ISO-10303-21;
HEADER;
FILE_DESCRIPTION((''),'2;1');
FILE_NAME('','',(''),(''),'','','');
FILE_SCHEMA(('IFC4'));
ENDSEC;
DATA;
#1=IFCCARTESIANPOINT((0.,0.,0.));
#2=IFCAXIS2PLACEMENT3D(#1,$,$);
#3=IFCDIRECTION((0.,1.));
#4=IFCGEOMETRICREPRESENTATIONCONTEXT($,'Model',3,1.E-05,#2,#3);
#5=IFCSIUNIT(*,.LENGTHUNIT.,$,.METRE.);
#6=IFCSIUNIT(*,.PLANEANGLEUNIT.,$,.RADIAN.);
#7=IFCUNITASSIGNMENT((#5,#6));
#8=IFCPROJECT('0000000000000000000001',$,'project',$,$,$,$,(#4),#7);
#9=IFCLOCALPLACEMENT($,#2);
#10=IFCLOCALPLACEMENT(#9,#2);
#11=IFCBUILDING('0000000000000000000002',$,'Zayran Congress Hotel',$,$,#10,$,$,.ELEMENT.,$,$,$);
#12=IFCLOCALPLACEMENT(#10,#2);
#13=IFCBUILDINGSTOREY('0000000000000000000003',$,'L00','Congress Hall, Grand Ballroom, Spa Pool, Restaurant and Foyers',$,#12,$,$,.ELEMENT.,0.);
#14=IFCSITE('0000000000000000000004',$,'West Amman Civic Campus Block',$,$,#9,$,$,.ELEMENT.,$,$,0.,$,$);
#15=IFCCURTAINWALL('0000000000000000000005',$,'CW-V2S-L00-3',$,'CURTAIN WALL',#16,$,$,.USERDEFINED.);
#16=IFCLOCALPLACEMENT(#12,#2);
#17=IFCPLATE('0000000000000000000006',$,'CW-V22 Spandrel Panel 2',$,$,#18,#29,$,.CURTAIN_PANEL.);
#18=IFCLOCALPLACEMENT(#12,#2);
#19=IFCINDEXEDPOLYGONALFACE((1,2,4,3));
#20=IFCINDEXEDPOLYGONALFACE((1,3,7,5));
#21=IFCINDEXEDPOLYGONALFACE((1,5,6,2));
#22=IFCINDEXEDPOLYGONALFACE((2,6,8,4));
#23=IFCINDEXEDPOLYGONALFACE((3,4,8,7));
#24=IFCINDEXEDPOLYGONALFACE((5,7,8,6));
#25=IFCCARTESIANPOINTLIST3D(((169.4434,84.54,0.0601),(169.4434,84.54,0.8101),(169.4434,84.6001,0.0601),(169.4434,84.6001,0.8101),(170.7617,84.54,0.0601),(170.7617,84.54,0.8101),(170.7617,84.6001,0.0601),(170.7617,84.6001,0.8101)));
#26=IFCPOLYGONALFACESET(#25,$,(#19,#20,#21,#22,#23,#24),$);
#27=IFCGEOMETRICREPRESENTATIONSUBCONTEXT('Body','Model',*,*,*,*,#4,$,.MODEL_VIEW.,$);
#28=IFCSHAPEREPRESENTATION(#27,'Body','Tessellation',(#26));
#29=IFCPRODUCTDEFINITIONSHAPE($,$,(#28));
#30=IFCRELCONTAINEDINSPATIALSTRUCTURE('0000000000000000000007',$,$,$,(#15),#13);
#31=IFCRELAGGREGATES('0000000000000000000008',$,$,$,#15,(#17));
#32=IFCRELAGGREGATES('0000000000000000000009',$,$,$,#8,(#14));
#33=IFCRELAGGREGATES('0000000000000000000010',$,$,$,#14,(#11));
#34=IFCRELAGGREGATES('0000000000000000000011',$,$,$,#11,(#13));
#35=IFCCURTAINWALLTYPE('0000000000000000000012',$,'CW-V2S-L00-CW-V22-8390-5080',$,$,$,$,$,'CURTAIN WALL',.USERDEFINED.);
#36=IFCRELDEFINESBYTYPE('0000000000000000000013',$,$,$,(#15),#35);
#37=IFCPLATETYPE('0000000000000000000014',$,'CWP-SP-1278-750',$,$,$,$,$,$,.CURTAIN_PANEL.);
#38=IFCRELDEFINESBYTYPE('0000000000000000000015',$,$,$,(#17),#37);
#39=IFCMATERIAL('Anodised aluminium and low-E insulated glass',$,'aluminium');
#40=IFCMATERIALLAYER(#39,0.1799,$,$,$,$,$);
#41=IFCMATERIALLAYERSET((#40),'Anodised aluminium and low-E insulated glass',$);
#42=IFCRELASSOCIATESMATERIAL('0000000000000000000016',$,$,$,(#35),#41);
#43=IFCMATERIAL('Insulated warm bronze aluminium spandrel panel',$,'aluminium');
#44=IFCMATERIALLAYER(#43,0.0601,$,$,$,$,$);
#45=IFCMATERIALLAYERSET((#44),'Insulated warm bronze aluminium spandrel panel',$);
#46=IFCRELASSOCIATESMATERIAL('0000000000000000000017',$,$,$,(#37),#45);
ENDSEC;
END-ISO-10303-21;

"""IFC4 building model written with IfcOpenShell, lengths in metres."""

from ifc_helpers import new_model, si_unit, direction, frame, origin, origin_2d, place, context, subcontext, project, spatial, rectangle, extrude, material, layer, layer_set, type_object, element, aggregate, save


model = new_model("IFC4")

# Units and contexts
model_context = context("Model", 3, precision=1e-05, world=origin(), true_north=direction((0.0, 1.0)))
body_context = subcontext(model_context, "Body", "Model", "MODEL_VIEW")
ifc_project = project(units=[si_unit("LENGTHUNIT", "METRE"), si_unit("PLANEANGLEUNIT", "RADIAN")], contexts=[model_context])

# Site, building, storey
site_placement = place(None, origin())
site = spatial("IfcSite", under=ifc_project, at=site_placement, Name="West Amman Civic Campus Block", CompositionType="ELEMENT", RefElevation=0.0)
building_placement = place(site_placement, origin())
building = spatial("IfcBuilding", under=site, at=building_placement, Name="Zayran Congress Hotel", CompositionType="ELEMENT")
storey_placement = place(building_placement, origin())
storey = spatial("IfcBuildingStorey", under=building, at=storey_placement, Name="L00", Description="Congress Hall, Grand Ballroom, Spa Pool, Restaurant and Foyers", CompositionType="ELEMENT", Elevation=0.0)

# Curtain wall
ifc_material_1 = material(Name="Anodised aluminium and low-E insulated glass", Category="aluminium")
ifc_layer_1 = layer(ifc_material_1, 0.1799)
ifc_layer_set_1 = layer_set([ifc_layer_1], Name="Anodised aluminium and low-E insulated glass")
curtain_wall_type_1 = type_object("IfcCurtainWallType", Name="CW-V2S-L00-CW-V22-8390-5080", ElementType="CURTAIN WALL", PredefinedType="USERDEFINED", material=ifc_layer_set_1)
curtain_wall_1_placement = place(storey_placement, origin())
curtain_wall_1 = element("IfcCurtainWall", 1, at=curtain_wall_1_placement, inside=storey, type_object=curtain_wall_type_1, Name="CW-V2S-L00-3", ObjectType="CURTAIN WALL", PredefinedType="USERDEFINED")

# Plate
ifc_material_2 = material(Name="Insulated warm bronze aluminium spandrel panel", Category="aluminium")
ifc_layer_2 = layer(ifc_material_2, 0.0601)
ifc_layer_set_2 = layer_set([ifc_layer_2], Name="Insulated warm bronze aluminium spandrel panel")
plate_type_1 = type_object("IfcPlateType", Name="CWP-SP-1278-750", PredefinedType="CURTAIN_PANEL", material=ifc_layer_set_2)
plate_1_placement = place(storey_placement, frame((170.1025, 84.5701, 0.0601), z_axis=(0.0, 0.0, 1.0), x_axis=(1.0, 0.0, 0.0)))
plate_1 = element("IfcPlate", 2, at=plate_1_placement, type_object=plate_type_1, Name="CW-V22 Spandrel Panel 2", PredefinedType="CURTAIN_PANEL", context=body_context, shape_type="SweptSolid", body=[
    extrude(rectangle(XDim=1.3184, YDim=0.0601, at=origin_2d()), origin(), (0.0, 0.0, 1.0), 0.75),
])
aggregate(curtain_wall_1, [plate_1])

save(model, "model.ifc")
